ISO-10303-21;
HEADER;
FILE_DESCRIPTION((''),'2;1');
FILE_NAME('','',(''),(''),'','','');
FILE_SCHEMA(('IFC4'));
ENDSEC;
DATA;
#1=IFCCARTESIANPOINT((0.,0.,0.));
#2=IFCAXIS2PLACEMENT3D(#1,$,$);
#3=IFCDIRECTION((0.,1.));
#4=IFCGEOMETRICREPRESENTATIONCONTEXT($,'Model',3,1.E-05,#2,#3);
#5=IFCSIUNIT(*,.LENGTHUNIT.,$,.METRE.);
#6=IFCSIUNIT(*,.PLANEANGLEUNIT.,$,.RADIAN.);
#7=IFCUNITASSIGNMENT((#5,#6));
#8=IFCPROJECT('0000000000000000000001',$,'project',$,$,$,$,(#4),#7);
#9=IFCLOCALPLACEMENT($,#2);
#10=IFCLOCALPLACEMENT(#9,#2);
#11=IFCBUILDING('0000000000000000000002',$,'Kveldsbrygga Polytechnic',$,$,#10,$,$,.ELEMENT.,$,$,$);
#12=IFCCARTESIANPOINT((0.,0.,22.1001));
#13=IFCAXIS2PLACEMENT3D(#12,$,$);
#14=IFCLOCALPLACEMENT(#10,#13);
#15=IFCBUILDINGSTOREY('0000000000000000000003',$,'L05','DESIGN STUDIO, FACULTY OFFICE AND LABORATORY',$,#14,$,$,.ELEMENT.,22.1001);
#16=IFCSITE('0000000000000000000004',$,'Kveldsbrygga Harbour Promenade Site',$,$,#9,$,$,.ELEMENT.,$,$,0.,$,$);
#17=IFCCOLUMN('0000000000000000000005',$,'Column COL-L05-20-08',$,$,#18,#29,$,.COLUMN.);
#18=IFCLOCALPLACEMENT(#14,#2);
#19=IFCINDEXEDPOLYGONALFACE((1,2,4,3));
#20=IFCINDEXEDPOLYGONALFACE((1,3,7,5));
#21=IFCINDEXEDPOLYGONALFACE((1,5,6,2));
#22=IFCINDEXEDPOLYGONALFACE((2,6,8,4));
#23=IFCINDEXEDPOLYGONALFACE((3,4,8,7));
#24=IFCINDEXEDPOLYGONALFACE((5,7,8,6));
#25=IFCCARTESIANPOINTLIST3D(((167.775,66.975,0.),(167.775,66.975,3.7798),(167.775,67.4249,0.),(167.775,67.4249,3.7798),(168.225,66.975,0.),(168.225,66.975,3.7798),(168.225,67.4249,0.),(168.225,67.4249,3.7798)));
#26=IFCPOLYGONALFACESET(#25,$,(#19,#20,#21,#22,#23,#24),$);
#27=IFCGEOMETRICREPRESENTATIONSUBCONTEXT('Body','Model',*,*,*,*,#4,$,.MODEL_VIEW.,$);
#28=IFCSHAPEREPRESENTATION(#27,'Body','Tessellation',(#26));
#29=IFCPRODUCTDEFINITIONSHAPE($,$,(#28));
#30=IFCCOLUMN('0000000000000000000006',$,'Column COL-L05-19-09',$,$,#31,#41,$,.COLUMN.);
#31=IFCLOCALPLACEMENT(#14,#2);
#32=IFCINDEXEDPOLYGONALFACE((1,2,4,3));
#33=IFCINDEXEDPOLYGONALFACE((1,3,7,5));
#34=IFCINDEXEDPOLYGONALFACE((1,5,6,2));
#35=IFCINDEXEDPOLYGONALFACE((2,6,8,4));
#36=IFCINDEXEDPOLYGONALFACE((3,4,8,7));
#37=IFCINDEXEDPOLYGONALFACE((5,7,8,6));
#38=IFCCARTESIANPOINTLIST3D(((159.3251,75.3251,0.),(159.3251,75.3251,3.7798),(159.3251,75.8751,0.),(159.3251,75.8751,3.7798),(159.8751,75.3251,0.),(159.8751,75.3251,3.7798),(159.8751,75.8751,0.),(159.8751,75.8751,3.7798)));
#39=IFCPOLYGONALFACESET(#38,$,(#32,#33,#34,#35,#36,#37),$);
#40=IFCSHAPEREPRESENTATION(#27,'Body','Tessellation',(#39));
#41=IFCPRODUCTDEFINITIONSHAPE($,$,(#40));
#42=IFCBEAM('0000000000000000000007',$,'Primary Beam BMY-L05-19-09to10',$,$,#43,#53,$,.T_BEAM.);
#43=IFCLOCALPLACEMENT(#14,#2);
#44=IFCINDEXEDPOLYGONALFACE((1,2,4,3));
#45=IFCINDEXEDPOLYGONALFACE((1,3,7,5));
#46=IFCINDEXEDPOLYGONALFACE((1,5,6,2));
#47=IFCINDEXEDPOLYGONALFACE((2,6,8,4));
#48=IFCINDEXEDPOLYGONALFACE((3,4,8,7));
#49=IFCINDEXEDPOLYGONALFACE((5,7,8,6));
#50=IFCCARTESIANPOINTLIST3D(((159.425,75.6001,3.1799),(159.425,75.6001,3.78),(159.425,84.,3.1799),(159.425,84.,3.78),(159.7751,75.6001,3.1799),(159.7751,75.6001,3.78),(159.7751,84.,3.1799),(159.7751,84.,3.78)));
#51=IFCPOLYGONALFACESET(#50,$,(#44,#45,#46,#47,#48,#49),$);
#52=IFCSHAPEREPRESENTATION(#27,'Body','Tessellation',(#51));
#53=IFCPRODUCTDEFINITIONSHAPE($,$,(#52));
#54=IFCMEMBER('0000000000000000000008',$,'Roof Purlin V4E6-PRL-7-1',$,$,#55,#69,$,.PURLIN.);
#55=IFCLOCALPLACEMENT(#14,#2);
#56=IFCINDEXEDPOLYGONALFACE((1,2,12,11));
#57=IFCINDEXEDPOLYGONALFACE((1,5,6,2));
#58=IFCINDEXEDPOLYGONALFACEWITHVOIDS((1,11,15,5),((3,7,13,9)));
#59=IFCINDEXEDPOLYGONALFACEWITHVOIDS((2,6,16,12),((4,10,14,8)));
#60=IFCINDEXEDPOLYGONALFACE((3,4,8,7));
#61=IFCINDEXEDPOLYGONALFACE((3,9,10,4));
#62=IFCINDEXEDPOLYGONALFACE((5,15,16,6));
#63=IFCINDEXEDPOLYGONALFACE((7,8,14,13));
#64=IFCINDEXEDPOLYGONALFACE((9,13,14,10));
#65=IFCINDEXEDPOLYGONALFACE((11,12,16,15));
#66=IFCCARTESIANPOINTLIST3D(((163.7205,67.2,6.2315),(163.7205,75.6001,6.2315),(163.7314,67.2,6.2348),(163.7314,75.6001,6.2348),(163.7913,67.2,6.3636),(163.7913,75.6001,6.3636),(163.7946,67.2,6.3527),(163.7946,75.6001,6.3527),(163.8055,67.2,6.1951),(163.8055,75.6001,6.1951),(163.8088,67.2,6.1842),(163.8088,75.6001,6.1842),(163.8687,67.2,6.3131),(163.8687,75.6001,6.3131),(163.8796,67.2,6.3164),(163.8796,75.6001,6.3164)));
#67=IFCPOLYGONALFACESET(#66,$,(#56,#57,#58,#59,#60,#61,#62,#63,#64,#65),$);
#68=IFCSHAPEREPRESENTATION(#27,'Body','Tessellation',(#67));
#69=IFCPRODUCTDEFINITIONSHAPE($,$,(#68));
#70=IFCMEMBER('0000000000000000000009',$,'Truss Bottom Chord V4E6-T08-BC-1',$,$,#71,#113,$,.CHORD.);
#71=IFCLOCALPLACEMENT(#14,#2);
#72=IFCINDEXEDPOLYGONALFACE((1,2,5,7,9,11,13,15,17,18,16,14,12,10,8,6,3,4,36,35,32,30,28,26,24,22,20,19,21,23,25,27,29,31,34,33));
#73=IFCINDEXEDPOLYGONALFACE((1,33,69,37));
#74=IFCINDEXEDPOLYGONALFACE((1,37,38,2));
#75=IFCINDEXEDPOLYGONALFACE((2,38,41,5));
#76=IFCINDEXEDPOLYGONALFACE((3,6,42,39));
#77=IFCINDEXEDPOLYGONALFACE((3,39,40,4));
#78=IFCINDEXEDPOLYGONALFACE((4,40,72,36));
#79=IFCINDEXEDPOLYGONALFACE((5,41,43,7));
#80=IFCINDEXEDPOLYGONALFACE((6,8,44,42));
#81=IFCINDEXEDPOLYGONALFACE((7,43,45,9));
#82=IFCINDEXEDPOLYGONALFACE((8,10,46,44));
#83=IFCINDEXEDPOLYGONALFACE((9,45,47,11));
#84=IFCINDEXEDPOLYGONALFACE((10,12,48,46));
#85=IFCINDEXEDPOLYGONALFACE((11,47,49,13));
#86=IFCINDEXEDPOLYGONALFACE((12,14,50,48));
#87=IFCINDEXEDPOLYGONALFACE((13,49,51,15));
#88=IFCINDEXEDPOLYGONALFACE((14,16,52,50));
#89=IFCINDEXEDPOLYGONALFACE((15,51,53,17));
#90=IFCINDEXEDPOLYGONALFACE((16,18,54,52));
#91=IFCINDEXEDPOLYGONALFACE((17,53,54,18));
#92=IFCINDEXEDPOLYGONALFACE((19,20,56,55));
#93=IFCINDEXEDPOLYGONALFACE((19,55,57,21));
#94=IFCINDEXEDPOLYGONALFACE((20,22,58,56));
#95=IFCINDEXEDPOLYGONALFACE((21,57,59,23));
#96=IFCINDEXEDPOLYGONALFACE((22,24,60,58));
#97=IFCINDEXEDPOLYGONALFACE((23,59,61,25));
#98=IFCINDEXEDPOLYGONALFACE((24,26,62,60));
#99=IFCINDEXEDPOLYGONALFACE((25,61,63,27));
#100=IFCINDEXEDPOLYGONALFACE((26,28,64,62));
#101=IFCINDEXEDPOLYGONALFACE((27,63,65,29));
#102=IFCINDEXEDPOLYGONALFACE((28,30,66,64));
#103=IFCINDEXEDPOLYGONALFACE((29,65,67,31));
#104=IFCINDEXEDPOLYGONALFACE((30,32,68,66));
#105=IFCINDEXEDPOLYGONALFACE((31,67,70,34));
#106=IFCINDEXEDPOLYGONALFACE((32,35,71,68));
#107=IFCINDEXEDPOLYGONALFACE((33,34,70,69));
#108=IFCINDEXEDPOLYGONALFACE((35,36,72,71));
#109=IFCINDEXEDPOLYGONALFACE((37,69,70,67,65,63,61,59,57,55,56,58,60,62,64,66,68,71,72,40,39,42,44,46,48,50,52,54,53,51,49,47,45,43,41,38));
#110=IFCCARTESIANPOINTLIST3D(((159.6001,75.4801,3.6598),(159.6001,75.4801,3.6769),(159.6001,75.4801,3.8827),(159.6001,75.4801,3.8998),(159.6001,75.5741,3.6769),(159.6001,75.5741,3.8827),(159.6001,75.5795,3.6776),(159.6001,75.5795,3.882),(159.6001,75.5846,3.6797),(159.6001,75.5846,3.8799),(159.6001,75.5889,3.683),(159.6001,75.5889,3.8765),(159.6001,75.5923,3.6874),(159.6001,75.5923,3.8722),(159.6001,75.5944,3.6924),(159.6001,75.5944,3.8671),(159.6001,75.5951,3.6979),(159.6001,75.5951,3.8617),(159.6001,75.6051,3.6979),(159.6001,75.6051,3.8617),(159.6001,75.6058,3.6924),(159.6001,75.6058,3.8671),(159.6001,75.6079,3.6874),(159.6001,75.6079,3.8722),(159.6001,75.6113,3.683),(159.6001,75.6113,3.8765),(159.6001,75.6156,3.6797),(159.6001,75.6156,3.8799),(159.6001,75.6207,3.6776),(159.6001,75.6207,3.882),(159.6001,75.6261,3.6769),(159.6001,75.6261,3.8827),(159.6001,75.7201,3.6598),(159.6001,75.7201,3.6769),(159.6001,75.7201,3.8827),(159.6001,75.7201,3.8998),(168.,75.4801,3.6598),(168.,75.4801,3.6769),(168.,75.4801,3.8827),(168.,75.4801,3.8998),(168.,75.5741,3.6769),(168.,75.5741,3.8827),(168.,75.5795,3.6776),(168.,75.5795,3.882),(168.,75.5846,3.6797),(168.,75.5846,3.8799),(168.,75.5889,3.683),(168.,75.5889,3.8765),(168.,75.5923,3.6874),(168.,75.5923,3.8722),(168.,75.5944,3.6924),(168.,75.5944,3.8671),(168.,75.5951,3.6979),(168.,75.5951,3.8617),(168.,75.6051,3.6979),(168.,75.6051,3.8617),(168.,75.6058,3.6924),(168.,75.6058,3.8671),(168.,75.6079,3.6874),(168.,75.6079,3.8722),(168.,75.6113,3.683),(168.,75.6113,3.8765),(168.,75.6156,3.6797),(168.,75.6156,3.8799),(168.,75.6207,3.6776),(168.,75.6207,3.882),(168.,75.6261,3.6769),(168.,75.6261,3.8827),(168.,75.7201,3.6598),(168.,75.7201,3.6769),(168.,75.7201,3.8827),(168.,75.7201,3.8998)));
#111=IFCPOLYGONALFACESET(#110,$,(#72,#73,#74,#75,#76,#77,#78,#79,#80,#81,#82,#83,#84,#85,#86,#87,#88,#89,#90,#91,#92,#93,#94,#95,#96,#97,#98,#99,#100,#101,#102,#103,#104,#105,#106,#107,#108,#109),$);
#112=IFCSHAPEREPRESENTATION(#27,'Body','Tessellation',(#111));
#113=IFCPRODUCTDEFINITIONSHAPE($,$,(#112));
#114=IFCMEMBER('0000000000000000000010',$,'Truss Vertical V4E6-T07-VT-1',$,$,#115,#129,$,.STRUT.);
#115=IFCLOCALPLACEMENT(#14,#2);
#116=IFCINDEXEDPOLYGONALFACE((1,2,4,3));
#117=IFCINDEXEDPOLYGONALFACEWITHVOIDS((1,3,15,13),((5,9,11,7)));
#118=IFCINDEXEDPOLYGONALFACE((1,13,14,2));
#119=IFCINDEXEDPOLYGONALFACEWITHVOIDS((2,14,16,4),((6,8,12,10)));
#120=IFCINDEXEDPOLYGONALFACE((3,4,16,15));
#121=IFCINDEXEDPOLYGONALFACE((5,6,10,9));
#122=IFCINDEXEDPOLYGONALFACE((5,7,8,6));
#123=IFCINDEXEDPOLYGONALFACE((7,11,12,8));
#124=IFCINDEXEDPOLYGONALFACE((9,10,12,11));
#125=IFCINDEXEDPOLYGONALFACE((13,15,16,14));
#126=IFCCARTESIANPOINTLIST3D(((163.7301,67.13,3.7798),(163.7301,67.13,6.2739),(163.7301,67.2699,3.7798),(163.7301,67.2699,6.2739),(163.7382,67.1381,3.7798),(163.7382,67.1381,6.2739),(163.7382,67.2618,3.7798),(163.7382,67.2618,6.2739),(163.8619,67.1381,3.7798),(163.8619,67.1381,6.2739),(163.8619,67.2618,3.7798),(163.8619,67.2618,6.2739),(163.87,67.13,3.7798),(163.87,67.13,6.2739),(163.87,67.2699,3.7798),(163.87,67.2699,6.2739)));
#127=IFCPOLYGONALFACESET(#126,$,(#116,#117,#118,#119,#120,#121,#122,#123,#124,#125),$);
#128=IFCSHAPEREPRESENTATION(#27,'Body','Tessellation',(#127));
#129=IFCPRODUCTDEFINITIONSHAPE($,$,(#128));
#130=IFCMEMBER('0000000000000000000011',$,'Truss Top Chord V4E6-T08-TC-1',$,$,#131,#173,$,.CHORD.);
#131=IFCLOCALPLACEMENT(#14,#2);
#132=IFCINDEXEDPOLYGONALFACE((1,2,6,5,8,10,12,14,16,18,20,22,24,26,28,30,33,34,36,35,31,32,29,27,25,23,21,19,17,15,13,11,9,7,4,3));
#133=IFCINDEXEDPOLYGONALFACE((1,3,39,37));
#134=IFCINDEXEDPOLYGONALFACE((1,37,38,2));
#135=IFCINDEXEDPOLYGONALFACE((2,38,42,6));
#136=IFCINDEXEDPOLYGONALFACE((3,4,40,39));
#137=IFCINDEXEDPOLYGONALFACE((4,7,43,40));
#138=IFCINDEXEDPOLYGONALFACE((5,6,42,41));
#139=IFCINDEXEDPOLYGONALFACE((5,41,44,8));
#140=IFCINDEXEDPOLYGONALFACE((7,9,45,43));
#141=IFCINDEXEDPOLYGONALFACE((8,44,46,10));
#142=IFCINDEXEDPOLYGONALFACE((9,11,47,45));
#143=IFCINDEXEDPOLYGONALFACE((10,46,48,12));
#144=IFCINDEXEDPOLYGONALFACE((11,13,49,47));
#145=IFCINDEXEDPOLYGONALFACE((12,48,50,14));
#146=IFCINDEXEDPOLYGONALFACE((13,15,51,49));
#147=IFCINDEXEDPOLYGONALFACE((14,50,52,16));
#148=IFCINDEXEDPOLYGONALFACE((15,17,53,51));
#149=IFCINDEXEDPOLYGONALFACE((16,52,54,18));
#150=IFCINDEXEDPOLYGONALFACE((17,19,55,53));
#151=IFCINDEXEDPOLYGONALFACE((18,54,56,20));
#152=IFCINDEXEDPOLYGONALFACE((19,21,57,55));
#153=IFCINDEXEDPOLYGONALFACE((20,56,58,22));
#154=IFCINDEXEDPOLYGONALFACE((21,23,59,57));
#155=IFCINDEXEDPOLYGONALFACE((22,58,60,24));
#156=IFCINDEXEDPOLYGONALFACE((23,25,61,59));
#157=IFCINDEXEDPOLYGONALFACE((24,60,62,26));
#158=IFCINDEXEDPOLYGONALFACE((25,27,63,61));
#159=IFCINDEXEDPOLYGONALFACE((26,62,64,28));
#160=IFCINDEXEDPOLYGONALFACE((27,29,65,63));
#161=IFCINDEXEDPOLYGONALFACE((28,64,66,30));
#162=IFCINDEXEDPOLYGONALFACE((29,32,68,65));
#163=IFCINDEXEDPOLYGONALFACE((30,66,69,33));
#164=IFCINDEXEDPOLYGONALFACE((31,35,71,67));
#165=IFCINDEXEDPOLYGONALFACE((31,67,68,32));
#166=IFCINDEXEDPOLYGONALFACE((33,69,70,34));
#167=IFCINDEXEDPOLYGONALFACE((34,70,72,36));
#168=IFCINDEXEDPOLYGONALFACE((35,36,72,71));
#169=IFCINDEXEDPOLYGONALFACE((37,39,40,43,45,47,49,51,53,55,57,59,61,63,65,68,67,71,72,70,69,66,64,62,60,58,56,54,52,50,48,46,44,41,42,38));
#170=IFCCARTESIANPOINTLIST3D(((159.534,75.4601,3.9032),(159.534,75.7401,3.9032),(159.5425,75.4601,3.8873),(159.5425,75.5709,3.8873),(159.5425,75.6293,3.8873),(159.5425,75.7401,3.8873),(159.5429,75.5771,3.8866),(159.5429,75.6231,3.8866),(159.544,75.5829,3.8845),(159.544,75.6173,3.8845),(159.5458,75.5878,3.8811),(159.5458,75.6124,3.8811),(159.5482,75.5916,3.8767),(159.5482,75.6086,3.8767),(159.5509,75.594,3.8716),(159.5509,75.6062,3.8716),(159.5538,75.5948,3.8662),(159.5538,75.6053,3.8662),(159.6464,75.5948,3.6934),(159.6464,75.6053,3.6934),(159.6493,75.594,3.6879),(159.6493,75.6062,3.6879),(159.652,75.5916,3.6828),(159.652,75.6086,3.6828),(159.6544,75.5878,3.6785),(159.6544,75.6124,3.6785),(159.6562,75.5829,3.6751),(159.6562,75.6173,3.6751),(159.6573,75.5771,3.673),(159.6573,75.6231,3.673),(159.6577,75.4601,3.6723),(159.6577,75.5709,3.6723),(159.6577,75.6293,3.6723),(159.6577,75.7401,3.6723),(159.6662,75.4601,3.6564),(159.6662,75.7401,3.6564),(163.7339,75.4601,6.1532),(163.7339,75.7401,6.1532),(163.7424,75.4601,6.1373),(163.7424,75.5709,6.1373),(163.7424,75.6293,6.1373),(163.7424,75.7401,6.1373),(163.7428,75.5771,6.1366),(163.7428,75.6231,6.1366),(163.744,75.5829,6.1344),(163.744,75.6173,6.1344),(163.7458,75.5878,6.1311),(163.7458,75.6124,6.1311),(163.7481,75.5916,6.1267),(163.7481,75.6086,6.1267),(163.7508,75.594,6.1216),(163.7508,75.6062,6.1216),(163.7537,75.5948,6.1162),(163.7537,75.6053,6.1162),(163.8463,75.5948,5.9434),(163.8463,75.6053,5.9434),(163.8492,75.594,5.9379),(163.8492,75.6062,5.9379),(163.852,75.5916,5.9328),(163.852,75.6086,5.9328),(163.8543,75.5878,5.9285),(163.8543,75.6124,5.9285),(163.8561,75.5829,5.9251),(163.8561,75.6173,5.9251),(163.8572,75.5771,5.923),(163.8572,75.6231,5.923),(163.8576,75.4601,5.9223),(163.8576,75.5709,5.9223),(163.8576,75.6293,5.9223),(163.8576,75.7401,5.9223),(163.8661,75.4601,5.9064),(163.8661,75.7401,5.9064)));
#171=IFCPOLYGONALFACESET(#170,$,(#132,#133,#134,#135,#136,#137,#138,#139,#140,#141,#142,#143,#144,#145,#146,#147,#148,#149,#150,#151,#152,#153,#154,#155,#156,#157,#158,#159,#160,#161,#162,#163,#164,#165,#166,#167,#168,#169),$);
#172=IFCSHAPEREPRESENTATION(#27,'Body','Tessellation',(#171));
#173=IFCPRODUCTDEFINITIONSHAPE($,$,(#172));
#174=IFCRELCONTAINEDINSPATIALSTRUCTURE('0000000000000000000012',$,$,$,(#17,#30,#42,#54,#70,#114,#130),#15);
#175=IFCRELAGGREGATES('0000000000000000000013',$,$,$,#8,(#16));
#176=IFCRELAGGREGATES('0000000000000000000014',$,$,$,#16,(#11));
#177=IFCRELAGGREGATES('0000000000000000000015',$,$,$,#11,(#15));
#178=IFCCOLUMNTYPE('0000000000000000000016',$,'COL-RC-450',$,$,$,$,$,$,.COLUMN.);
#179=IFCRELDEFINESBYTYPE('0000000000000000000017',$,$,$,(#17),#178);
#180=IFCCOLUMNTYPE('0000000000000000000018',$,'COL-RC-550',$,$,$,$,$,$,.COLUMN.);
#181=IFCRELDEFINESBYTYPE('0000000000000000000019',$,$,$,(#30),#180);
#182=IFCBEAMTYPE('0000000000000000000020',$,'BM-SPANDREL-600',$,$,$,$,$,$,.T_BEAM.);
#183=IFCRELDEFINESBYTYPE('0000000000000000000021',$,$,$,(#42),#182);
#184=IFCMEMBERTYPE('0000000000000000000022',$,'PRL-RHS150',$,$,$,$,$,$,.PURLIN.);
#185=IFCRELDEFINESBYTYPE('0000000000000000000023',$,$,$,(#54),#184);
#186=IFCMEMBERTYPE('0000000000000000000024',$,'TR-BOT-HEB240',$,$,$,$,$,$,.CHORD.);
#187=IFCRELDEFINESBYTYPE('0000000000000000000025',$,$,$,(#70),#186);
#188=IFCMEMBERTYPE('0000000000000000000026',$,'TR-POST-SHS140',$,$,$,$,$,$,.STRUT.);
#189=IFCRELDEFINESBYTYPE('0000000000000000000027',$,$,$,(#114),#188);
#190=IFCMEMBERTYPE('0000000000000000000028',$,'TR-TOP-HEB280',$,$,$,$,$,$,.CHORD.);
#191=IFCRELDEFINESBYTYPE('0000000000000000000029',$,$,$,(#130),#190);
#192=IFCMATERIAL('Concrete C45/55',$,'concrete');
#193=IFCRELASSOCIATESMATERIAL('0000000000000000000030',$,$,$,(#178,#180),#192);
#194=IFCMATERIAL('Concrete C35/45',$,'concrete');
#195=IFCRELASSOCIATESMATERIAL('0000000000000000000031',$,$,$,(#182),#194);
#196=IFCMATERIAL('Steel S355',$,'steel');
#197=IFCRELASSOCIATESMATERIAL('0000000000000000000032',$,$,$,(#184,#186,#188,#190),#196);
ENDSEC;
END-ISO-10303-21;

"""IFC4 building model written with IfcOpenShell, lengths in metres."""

from ifc_helpers import new_model, si_unit, direction, frame, origin, origin_2d, place, context, subcontext, project, spatial, rectangle, hollow_rectangle, i_section, extrude, material, material_profile, profile_set, type_object, element, save


model = new_model("IFC4")

# Units and contexts
model_context = context("Model", 3, precision=1e-05, world=origin(), true_north=direction((0.0, 1.0)))
body_context = subcontext(model_context, "Body", "Model", "MODEL_VIEW")
ifc_project = project(units=[si_unit("LENGTHUNIT", "METRE"), si_unit("PLANEANGLEUNIT", "RADIAN")], contexts=[model_context])

# Site, building, storey
site_placement = place(None, origin())
site = spatial("IfcSite", under=ifc_project, at=site_placement, Name="Kveldsbrygga Harbour Promenade Site", CompositionType="ELEMENT", RefElevation=0.0)
building_placement = place(site_placement, origin())
building = spatial("IfcBuilding", under=site, at=building_placement, Name="Kveldsbrygga Polytechnic", CompositionType="ELEMENT")
storey_placement = place(building_placement, frame((0.0, 0.0, 22.1001)))
storey = spatial("IfcBuildingStorey", under=building, at=storey_placement, Name="L05", Description="DESIGN STUDIO, FACULTY OFFICE AND LABORATORY", CompositionType="ELEMENT", Elevation=22.1001)

# Columns
ifc_material_1 = material(Name="Concrete C45/55", Category="concrete")
ifc_material_profile_1 = material_profile(ifc_material_1, rectangle(XDim=0.45, YDim=0.45, at=origin_2d()), Name="RC 450x450")
ifc_profile_set_1 = profile_set([ifc_material_profile_1], Name="Concrete C45/55")
column_type_1 = type_object("IfcColumnType", Name="COL-RC-450", PredefinedType="COLUMN", material=ifc_profile_set_1)
column_1_placement = place(storey_placement, frame((168.0, 67.2, 0.0), z_axis=(0.0, 0.0, 1.0), x_axis=(1.0, 0.0, 0.0)))
element("IfcColumn", 1, at=column_1_placement, inside=storey, type_object=column_type_1, Name="Column COL-L05-20-08", PredefinedType="COLUMN", context=body_context, shape_type="SweptSolid", body=[
    extrude(rectangle(XDim=0.45, YDim=0.45, at=origin_2d()), origin(), (0.0, 0.0, 1.0), 3.7798),
])
ifc_material_profile_2 = material_profile(ifc_material_1, rectangle(XDim=0.55, YDim=0.55, at=origin_2d()), Name="RC 550x550")
ifc_profile_set_2 = profile_set([ifc_material_profile_2], Name="Concrete C45/55")
column_type_2 = type_object("IfcColumnType", Name="COL-RC-550", PredefinedType="COLUMN", material=ifc_profile_set_2)
column_2_placement = place(storey_placement, frame((159.6001, 75.6001, 0.0), z_axis=(0.0, 0.0, 1.0), x_axis=(1.0, 0.0, 0.0)))
element("IfcColumn", 2, at=column_2_placement, inside=storey, type_object=column_type_2, Name="Column COL-L05-19-09", PredefinedType="COLUMN", context=body_context, shape_type="SweptSolid", body=[
    extrude(rectangle(XDim=0.55, YDim=0.55, at=origin_2d()), origin(), (0.0, 0.0, 1.0), 3.7798),
])

# Beam
ifc_material_2 = material(Name="Concrete C35/45", Category="concrete")
ifc_material_profile_3 = material_profile(ifc_material_2, rectangle(XDim=0.3501, YDim=0.6001, at=origin_2d()), Name="RC 350x600")
ifc_profile_set_3 = profile_set([ifc_material_profile_3], Name="Concrete C35/45")
beam_type = type_object("IfcBeamType", Name="BM-SPANDREL-600", PredefinedType="T_BEAM", material=ifc_profile_set_3)
beam_placement = place(storey_placement, frame((159.6001, 75.6001, 3.48), z_axis=(0.0, 1.0, 0.0), x_axis=(-1.0, 0.0, 0.0)))
element("IfcBeam", 3, at=beam_placement, inside=storey, type_object=beam_type, Name="Primary Beam BMY-L05-19-09to10", PredefinedType="T_BEAM", context=body_context, shape_type="SweptSolid", body=[
    extrude(rectangle(XDim=0.3501, YDim=0.6001, at=origin_2d()), origin(), (0.0, 0.0, 1.0), 8.3999),
])

# Members
ifc_material_3 = material(Name="Steel S355", Category="steel")
ifc_material_profile_4 = material_profile(ifc_material_3, hollow_rectangle(XDim=0.1001, YDim=0.1499, WallThickness=0.0081, at=origin_2d()), Name="RHS 150x100x8.0")
ifc_profile_set_4 = profile_set([ifc_material_profile_4], Name="Steel S355")
member_type_1 = type_object("IfcMemberType", Name="PRL-RHS150", PredefinedType="PURLIN", material=ifc_profile_set_4)
member_1_placement = place(storey_placement, frame((163.8, 67.2, 6.2739), z_axis=(0.0, 1.0, 0.0), x_axis=(-0.88148, 0.0, 0.472222)))
element("IfcMember", 4, at=member_1_placement, inside=storey, type_object=member_type_1, Name="Roof Purlin V4E6-PRL-7-1", PredefinedType="PURLIN", context=body_context, shape_type="SweptSolid", body=[
    extrude(hollow_rectangle(XDim=0.1001, YDim=0.1499, WallThickness=0.0081, at=origin_2d()), origin(), (0.0, 0.0, 1.0), 8.4001),
])
ifc_material_profile_5 = material_profile(ifc_material_3, i_section(OverallWidth=0.24, OverallDepth=0.24, WebThickness=0.01, FlangeThickness=0.0171, FilletRadius=0.021, at=origin_2d()), Name="HEB 240")
ifc_profile_set_5 = profile_set([ifc_material_profile_5], Name="Steel S355")
member_type_2 = type_object("IfcMemberType", Name="TR-BOT-HEB240", PredefinedType="CHORD", material=ifc_profile_set_5)
member_2_placement = place(storey_placement, frame((159.6001, 75.6001, 3.7798), z_axis=(1.0, 0.0, 0.0), x_axis=(0.0, 1.0, 0.0)))
element("IfcMember", 5, at=member_2_placement, inside=storey, type_object=member_type_2, Name="Truss Bottom Chord V4E6-T08-BC-1", PredefinedType="CHORD", context=body_context, shape_type="SweptSolid", body=[
    extrude(i_section(OverallWidth=0.24, OverallDepth=0.24, WebThickness=0.01, FlangeThickness=0.0171, FilletRadius=0.021, at=origin_2d()), origin(), (0.0, 0.0, 1.0), 8.3999),
])
ifc_material_profile_6 = material_profile(ifc_material_3, hollow_rectangle(XDim=0.1399, YDim=0.1399, WallThickness=0.0081, at=origin_2d()), Name="SHS 140x140x8.0")
ifc_profile_set_6 = profile_set([ifc_material_profile_6], Name="Steel S355")
member_type_3 = type_object("IfcMemberType", Name="TR-POST-SHS140", PredefinedType="STRUT", material=ifc_profile_set_6)
member_3_placement = place(storey_placement, frame((163.8, 67.2, 3.7798), z_axis=(0.0, 0.0, 1.0), x_axis=(1.0, 0.0, 0.0)))
element("IfcMember", 6, at=member_3_placement, inside=storey, type_object=member_type_3, Name="Truss Vertical V4E6-T07-VT-1", PredefinedType="STRUT", context=body_context, shape_type="SweptSolid", body=[
    extrude(hollow_rectangle(XDim=0.1399, YDim=0.1399, WallThickness=0.0081, at=origin_2d()), origin(), (0.0, 0.0, 1.0), 2.4941),
])
ifc_material_profile_7 = material_profile(ifc_material_3, i_section(OverallWidth=0.28, OverallDepth=0.28, WebThickness=0.0105, FlangeThickness=0.0181, FilletRadius=0.0239, at=origin_2d()), Name="HEB 280")
ifc_profile_set_7 = profile_set([ifc_material_profile_7], Name="Steel S355")
member_type_4 = type_object("IfcMemberType", Name="TR-TOP-HEB280", PredefinedType="CHORD", material=ifc_profile_set_7)
member_4_placement = place(storey_placement, frame((159.6001, 75.6001, 3.7798), z_axis=(0.881478, 0.0, 0.472226), x_axis=(0.0, 1.0, 0.0)))
element("IfcMember", 7, at=member_4_placement, inside=storey, type_object=member_type_4, Name="Truss Top Chord V4E6-T08-TC-1", PredefinedType="CHORD", context=body_context, shape_type="SweptSolid", body=[
    extrude(i_section(OverallWidth=0.28, OverallDepth=0.28, WebThickness=0.0105, FlangeThickness=0.0181, FilletRadius=0.0239, at=origin_2d()), origin(), (0.0, 0.0, 1.0), 4.7646),
])

save(model, "model.ifc")
